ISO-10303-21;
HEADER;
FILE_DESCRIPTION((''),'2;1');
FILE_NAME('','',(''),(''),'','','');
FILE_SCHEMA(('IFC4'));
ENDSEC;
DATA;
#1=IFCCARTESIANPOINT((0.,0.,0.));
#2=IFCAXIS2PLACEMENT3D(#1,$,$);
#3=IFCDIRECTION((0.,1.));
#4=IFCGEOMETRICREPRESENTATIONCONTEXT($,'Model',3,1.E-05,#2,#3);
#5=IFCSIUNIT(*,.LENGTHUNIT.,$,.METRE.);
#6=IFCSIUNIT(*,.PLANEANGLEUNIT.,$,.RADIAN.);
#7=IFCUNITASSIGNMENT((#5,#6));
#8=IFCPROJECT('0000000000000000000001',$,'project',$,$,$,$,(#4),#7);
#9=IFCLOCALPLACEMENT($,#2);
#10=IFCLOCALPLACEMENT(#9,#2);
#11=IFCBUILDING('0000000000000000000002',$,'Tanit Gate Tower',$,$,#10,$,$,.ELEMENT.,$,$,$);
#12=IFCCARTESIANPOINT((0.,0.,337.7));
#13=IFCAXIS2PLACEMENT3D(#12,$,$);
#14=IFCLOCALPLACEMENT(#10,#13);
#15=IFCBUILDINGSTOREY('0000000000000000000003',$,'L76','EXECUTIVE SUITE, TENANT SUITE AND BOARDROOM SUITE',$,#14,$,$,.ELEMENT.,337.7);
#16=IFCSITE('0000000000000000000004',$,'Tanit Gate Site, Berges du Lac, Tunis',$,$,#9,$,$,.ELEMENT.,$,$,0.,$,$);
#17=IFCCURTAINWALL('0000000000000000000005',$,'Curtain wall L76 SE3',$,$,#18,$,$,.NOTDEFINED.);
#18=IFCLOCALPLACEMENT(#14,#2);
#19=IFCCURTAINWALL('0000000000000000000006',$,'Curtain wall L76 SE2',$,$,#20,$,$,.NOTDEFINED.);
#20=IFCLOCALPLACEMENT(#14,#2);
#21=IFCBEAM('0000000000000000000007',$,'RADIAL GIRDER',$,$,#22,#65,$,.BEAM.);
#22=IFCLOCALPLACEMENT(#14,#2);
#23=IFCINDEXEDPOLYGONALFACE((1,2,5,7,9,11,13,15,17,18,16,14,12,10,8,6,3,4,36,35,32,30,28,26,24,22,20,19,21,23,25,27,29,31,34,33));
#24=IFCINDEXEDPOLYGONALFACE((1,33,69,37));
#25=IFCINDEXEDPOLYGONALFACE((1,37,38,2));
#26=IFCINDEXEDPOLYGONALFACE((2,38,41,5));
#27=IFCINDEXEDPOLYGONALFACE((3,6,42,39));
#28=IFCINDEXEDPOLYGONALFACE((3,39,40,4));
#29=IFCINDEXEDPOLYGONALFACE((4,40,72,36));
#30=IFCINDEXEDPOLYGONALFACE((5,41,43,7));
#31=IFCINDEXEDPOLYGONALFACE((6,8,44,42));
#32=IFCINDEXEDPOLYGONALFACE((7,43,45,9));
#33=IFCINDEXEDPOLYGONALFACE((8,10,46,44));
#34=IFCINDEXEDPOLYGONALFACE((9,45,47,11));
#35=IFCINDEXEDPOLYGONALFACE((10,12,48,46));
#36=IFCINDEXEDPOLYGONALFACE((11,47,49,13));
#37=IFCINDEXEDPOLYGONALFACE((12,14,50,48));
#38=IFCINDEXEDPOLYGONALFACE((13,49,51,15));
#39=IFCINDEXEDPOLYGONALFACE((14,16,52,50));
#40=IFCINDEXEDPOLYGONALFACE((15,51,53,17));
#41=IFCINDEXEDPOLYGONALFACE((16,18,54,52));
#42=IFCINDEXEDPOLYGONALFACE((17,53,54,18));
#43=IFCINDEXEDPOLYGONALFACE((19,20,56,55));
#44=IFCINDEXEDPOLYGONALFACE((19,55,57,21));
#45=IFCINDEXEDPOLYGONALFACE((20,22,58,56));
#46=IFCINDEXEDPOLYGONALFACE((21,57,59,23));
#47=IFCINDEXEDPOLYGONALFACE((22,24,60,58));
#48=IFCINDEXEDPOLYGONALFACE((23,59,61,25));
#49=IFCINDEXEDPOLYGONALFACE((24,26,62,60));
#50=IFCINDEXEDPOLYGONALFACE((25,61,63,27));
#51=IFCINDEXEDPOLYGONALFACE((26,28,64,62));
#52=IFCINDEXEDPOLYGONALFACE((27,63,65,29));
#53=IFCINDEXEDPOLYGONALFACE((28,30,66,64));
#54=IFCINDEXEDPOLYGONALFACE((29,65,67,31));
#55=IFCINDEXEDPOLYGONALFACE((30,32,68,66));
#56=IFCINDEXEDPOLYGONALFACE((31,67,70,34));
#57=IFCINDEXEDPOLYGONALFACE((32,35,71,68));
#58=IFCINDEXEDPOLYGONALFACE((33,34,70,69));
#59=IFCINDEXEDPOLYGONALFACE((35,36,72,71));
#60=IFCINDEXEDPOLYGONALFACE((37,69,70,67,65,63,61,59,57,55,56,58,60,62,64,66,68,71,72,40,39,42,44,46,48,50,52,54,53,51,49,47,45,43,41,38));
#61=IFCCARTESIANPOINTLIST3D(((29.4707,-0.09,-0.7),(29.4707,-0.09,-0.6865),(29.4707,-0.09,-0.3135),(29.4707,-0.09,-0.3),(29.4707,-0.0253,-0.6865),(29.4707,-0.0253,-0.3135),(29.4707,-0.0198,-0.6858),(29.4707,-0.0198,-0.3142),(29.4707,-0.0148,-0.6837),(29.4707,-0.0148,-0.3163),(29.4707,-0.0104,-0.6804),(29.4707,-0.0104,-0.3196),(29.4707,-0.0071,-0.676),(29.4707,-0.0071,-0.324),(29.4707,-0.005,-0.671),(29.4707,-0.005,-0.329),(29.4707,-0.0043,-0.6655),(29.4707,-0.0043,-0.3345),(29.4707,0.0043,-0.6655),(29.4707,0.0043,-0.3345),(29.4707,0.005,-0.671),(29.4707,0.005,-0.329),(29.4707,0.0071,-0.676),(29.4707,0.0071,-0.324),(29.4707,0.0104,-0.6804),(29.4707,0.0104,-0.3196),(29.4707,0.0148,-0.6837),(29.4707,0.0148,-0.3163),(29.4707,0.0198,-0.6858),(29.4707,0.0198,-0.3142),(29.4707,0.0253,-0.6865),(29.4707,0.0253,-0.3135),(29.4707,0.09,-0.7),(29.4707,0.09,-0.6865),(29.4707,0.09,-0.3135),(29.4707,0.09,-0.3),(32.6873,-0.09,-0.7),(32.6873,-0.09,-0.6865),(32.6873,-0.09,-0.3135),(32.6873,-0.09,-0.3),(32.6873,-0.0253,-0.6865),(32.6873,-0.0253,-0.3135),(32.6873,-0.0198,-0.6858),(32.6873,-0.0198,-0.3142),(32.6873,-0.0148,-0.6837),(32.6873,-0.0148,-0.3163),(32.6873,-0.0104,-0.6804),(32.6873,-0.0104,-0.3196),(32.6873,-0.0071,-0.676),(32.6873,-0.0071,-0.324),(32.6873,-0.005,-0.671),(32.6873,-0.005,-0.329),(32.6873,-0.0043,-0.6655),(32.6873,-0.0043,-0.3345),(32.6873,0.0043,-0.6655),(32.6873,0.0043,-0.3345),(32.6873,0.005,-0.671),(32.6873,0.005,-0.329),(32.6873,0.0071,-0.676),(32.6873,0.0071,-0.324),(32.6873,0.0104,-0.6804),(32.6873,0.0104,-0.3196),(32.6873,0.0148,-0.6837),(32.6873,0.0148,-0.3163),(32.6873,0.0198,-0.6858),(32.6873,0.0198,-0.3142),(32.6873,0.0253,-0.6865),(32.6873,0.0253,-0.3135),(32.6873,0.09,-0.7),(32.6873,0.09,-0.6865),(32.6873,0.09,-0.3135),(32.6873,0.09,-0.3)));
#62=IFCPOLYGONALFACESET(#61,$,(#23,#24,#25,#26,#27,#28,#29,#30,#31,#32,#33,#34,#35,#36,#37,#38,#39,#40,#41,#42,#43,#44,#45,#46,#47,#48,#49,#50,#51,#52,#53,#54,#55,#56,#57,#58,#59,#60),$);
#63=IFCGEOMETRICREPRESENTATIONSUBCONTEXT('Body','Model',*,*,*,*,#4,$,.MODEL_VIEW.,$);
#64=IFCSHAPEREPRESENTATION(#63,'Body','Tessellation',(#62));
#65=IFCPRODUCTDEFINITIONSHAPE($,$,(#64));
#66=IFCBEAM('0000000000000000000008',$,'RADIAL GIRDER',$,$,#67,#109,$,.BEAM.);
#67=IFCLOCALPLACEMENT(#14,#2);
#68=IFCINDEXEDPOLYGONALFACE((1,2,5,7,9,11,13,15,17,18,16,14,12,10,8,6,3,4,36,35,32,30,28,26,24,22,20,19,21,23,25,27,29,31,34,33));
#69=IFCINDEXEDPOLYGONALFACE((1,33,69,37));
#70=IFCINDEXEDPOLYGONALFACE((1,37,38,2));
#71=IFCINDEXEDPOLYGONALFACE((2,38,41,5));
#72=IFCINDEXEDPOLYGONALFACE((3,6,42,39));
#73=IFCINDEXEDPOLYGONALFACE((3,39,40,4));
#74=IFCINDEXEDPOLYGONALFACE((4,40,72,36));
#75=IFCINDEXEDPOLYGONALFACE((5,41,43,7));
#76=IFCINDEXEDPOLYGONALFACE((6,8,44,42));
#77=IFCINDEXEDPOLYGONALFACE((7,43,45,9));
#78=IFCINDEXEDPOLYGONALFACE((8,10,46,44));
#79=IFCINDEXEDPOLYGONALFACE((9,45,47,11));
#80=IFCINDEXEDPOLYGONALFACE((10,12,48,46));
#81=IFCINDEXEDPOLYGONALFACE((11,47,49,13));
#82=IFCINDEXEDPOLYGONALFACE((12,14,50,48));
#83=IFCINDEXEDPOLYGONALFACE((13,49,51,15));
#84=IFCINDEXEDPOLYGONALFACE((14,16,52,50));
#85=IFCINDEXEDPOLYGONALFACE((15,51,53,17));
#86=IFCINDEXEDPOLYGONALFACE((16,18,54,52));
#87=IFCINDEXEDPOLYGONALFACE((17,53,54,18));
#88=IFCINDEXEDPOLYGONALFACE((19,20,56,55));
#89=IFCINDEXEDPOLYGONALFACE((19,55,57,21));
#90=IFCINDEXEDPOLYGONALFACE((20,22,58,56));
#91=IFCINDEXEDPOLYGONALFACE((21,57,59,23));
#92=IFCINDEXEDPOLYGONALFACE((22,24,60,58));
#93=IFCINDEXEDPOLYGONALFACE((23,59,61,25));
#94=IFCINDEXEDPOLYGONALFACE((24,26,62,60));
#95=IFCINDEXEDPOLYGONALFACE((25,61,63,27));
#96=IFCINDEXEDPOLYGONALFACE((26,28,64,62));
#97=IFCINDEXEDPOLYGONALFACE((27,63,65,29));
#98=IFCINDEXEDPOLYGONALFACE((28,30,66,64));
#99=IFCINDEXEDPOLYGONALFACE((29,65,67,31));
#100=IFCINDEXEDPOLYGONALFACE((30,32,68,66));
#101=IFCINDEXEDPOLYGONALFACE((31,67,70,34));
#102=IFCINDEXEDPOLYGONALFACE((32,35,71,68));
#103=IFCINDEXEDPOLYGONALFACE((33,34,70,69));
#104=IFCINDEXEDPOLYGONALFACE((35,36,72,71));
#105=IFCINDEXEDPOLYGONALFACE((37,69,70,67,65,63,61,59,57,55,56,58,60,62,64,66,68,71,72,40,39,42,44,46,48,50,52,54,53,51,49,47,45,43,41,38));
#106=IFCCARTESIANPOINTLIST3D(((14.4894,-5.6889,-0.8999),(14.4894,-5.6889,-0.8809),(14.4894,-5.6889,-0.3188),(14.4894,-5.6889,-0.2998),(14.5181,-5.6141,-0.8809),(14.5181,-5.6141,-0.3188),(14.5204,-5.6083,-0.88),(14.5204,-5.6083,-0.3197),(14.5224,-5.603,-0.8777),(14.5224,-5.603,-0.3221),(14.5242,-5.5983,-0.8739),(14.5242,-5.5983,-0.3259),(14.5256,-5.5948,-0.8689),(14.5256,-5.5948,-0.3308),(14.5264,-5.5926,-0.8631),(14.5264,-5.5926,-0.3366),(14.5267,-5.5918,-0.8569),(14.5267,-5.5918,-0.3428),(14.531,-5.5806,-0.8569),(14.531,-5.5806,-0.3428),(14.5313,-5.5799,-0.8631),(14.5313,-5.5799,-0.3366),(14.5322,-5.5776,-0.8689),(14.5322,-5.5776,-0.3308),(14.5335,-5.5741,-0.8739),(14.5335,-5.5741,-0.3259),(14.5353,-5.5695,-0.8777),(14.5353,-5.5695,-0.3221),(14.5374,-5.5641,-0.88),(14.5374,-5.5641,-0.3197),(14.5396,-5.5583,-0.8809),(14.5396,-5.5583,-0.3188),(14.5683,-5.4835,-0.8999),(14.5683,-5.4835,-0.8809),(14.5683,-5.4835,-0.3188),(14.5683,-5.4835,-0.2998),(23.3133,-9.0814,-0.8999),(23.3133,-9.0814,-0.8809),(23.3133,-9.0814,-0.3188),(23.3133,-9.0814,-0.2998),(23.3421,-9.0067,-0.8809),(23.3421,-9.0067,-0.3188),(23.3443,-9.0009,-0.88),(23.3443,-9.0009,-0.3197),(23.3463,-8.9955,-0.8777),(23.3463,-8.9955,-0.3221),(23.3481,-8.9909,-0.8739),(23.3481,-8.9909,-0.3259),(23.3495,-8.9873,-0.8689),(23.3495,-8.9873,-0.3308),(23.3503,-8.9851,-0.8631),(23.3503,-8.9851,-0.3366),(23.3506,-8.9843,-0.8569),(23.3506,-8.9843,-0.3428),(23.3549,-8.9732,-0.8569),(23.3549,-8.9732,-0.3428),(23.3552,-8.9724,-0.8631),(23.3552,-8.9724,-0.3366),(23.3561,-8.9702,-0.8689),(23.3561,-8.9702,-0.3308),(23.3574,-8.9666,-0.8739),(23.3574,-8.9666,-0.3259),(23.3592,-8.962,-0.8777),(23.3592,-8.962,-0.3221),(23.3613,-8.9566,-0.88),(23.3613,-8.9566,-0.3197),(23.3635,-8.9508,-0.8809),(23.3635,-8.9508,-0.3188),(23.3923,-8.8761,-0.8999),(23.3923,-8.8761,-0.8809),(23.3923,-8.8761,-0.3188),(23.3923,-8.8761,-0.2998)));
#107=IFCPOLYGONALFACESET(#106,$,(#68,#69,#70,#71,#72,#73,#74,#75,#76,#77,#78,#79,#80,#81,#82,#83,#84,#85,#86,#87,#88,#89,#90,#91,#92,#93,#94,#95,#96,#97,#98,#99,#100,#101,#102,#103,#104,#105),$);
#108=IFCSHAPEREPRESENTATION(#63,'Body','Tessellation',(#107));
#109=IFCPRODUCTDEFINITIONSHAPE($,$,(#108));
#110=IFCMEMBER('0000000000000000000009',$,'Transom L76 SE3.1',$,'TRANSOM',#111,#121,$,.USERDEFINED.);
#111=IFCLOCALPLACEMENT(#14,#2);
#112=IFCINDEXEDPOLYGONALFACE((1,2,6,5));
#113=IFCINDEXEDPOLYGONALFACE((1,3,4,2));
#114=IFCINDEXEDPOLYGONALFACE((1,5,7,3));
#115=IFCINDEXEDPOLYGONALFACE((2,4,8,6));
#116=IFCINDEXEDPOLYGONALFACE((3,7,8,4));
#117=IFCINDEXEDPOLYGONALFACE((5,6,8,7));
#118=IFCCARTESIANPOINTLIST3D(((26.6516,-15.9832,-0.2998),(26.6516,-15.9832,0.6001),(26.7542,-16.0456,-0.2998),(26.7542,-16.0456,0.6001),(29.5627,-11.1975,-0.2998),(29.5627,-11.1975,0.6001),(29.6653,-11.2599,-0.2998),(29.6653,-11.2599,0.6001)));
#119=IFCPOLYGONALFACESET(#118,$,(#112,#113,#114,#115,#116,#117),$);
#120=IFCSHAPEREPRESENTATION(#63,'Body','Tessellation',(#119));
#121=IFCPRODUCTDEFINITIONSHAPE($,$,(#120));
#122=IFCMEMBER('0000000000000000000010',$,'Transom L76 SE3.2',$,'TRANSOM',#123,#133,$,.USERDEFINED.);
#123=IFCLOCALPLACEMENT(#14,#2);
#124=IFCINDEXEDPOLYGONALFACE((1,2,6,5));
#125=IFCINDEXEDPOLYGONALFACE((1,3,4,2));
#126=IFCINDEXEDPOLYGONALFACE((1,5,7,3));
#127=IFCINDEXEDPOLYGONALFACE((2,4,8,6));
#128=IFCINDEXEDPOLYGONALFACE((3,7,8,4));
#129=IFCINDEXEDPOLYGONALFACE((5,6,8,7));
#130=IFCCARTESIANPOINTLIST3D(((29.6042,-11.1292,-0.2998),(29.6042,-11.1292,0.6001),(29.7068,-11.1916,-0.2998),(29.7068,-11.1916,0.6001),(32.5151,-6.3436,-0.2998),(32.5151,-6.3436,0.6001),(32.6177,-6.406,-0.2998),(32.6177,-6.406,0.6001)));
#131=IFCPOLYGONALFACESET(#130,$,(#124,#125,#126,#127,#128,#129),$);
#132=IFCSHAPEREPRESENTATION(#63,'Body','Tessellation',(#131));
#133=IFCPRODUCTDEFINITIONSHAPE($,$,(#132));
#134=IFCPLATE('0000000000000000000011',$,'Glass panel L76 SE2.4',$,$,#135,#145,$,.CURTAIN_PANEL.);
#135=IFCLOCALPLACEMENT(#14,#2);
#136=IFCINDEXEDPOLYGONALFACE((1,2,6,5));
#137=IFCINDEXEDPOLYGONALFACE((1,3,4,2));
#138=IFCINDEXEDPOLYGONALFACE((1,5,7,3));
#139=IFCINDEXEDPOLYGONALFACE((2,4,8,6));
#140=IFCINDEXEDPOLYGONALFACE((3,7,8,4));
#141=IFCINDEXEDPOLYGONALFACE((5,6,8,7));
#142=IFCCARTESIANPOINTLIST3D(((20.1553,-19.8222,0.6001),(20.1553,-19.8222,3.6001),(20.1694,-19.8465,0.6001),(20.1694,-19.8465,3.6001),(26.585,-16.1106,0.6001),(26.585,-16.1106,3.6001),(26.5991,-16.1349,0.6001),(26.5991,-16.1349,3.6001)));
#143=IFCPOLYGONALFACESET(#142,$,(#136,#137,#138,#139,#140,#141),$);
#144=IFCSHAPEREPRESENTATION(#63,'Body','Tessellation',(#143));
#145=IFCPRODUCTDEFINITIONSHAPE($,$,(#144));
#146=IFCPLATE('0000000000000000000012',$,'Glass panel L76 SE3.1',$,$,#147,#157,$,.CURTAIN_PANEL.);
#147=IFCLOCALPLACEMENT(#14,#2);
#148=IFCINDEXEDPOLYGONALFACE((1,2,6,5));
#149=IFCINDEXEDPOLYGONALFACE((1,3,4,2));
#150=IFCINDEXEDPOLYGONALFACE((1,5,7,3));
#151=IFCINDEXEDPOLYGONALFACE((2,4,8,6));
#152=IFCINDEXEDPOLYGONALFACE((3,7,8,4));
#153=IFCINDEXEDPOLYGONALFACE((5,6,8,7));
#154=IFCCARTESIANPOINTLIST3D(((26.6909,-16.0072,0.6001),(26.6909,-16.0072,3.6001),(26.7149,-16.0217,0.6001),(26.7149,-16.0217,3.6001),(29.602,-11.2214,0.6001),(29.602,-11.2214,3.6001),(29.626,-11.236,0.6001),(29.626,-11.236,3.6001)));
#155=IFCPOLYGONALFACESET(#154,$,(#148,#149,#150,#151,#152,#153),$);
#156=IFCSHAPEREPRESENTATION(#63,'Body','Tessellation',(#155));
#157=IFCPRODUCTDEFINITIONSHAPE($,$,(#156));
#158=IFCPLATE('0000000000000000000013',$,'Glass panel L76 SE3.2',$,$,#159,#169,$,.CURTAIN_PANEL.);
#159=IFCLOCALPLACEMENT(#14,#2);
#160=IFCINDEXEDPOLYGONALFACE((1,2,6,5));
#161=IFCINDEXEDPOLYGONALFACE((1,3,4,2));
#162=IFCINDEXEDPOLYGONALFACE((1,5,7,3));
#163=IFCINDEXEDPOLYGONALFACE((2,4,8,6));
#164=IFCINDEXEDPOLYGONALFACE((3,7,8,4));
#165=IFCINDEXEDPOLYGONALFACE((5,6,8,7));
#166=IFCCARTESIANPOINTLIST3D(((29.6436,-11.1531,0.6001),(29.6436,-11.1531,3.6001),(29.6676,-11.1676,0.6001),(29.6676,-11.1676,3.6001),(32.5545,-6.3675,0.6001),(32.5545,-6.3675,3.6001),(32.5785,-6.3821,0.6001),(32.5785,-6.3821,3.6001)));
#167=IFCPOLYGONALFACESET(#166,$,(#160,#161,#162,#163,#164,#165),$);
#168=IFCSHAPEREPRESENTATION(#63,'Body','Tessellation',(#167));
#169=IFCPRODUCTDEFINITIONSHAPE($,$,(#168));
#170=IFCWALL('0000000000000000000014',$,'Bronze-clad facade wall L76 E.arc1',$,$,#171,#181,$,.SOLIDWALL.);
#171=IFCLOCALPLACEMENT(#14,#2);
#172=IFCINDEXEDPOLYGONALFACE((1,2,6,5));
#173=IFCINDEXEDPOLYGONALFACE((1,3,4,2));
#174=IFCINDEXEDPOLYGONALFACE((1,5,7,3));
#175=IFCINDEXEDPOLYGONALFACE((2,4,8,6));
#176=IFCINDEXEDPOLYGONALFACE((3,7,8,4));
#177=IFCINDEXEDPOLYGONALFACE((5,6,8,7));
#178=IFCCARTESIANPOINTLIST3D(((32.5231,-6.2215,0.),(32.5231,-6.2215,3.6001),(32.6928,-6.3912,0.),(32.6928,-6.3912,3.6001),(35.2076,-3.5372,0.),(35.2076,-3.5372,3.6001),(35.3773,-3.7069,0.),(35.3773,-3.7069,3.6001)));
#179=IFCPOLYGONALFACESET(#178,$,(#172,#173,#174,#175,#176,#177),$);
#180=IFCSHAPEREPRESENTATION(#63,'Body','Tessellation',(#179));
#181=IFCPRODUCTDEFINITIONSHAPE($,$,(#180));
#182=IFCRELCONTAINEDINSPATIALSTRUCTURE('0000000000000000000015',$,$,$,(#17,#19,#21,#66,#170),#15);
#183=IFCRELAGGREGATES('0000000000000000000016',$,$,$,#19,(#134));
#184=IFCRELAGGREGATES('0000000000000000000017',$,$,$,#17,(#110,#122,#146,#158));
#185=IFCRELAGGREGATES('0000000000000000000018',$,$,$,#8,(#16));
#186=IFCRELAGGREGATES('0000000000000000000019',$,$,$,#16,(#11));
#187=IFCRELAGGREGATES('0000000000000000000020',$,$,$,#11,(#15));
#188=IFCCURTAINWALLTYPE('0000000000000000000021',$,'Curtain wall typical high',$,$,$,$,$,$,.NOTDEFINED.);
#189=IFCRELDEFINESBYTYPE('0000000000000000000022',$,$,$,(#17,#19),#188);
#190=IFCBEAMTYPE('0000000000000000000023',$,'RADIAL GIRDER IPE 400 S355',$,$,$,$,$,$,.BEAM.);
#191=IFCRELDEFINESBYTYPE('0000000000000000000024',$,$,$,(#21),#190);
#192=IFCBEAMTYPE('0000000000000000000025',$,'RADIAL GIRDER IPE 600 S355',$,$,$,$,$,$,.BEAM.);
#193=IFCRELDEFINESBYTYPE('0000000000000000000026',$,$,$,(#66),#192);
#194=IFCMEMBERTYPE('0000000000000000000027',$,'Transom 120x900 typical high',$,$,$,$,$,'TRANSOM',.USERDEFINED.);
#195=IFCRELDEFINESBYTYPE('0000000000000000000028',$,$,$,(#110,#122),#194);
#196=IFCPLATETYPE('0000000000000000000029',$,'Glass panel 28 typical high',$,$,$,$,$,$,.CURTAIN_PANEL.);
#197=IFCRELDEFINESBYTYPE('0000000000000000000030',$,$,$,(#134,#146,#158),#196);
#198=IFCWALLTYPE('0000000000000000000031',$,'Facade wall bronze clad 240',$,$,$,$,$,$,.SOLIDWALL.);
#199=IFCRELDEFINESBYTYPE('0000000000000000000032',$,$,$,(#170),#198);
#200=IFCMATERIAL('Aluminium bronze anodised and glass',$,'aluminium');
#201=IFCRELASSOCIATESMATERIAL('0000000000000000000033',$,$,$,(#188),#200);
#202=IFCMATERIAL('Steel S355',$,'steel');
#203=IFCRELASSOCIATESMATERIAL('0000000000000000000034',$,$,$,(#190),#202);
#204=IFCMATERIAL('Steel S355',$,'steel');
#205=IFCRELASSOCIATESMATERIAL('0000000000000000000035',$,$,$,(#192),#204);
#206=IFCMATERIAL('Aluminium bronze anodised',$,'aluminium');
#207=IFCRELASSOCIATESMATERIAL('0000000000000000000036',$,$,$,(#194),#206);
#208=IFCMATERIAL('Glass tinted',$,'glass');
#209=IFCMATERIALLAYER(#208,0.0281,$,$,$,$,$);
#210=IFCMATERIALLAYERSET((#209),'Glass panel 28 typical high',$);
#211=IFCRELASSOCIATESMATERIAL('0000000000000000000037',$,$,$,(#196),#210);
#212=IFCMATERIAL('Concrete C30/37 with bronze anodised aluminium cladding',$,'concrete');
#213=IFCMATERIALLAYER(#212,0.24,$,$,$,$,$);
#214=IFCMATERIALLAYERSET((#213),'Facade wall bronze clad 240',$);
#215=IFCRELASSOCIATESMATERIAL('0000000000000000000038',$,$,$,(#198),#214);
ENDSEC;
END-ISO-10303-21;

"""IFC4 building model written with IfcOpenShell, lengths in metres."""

from ifc_helpers import new_model, si_unit, direction, frame, frame_2d, origin, origin_2d, place, context, subcontext, project, spatial, rectangle, i_section, extrude, material, layer, layer_set, material_profile, profile_set, type_object, element, aggregate, save


model = new_model("IFC4")

# Units and contexts
model_context = context("Model", 3, precision=1e-05, world=origin(), true_north=direction((0.0, 1.0)))
body_context = subcontext(model_context, "Body", "Model", "MODEL_VIEW")
ifc_project = project(units=[si_unit("LENGTHUNIT", "METRE"), si_unit("PLANEANGLEUNIT", "RADIAN")], contexts=[model_context])

# Site, building, storey
site_placement = place(None, origin())
site = spatial("IfcSite", under=ifc_project, at=site_placement, Name="Tanit Gate Site, Berges du Lac, Tunis", CompositionType="ELEMENT", RefElevation=0.0)
building_placement = place(site_placement, origin())
building = spatial("IfcBuilding", under=site, at=building_placement, Name="Tanit Gate Tower", CompositionType="ELEMENT")
storey_placement = place(building_placement, frame((0.0, 0.0, 337.7)))
storey = spatial("IfcBuildingStorey", under=building, at=storey_placement, Name="L76", Description="EXECUTIVE SUITE, TENANT SUITE AND BOARDROOM SUITE", CompositionType="ELEMENT", Elevation=337.7)

# Curtain wall
ifc_material_1 = material(Name="Aluminium bronze anodised and glass", Category="aluminium")
curtain_wall_type = type_object("IfcCurtainWallType", Name="Curtain wall typical high", PredefinedType="NOTDEFINED", material=ifc_material_1)
curtain_wall_1_placement = place(storey_placement, origin())
curtain_wall_1 = element("IfcCurtainWall", 1, at=curtain_wall_1_placement, inside=storey, type_object=curtain_wall_type, Name="Curtain wall L76 SE3", PredefinedType="NOTDEFINED")

# Curtain wall
curtain_wall_2_placement = place(storey_placement, origin())
curtain_wall_2 = element("IfcCurtainWall", 2, at=curtain_wall_2_placement, inside=storey, type_object=curtain_wall_type, Name="Curtain wall L76 SE2", PredefinedType="NOTDEFINED")

# Beams
ifc_material_2 = material(Name="Steel S355", Category="steel")
ifc_material_profile_1 = material_profile(ifc_material_2, i_section(OverallWidth=0.1799, OverallDepth=0.3999, WebThickness=0.0085, FlangeThickness=0.0134, FilletRadius=0.021, at=origin_2d()), Name="IPE 400")
ifc_profile_set_1 = profile_set([ifc_material_profile_1], Name="Steel S355")
beam_type_1 = type_object("IfcBeamType", Name="RADIAL GIRDER IPE 400 S355", PredefinedType="BEAM", material=ifc_profile_set_1)
beam_1_placement = place(storey_placement, frame((32.6873, 0.0, -0.5), z_axis=(-1.0, 0.0, 0.0), x_axis=(0.0, -1.0, 0.0)))
element("IfcBeam", 3, at=beam_1_placement, inside=storey, type_object=beam_type_1, Name="RADIAL GIRDER", PredefinedType="BEAM", context=body_context, shape_type="SweptSolid", body=[
    extrude(i_section(OverallWidth=0.1799, OverallDepth=0.3999, WebThickness=0.0085, FlangeThickness=0.0134, FilletRadius=0.021, at=origin_2d()), origin(), (0.0, 0.0, 1.0), 3.2166),
])
ifc_material_3 = material(Name="Steel S355", Category="steel")
ifc_material_profile_2 = material_profile(ifc_material_3, i_section(OverallWidth=0.22, OverallDepth=0.6001, WebThickness=0.012, FlangeThickness=0.019, FilletRadius=0.0239, at=origin_2d()), Name="IPE 600")
ifc_profile_set_2 = profile_set([ifc_material_profile_2], Name="Steel S355")
beam_type_2 = type_object("IfcBeamType", Name="RADIAL GIRDER IPE 600 S355", PredefinedType="BEAM", material=ifc_profile_set_2)
beam_2_placement = place(storey_placement, frame((23.3528, -8.9788, -0.5999), z_axis=(-0.93339, 0.358863, 0.0), x_axis=(-0.358863, -0.93339, 0.0)))
element("IfcBeam", 4, at=beam_2_placement, inside=storey, type_object=beam_type_2, Name="RADIAL GIRDER", PredefinedType="BEAM", context=body_context, shape_type="SweptSolid", body=[
    extrude(i_section(OverallWidth=0.22, OverallDepth=0.6001, WebThickness=0.012, FlangeThickness=0.019, FilletRadius=0.0239, at=origin_2d()), origin(), (0.0, 0.0, 1.0), 9.4536),
])

# Members
ifc_material_4 = material(Name="Aluminium bronze anodised", Category="aluminium")
ifc_material_profile_3 = material_profile(ifc_material_4, rectangle(XDim=0.1201, YDim=0.8999, at=origin_2d()), Name="120x900 bronze transom")
ifc_profile_set_3 = profile_set([ifc_material_profile_3], Name="Aluminium bronze anodised")
member_type_1 = type_object("IfcMemberType", Name="Transom 120x900 typical high", ElementType="TRANSOM", PredefinedType="USERDEFINED", material=ifc_profile_set_3)
member_1_placement = place(storey_placement, frame((26.7029, -16.0144, 0.1501), z_axis=(0.519704, 0.854347, 0.0), x_axis=(-0.854347, 0.519704, 0.0)))
member_1 = element("IfcMember", 5, at=member_1_placement, type_object=member_type_1, Name="Transom L76 SE3.1", ObjectType="TRANSOM", PredefinedType="USERDEFINED", context=body_context, shape_type="SweptSolid", body=[
    extrude(rectangle(XDim=0.1201, YDim=0.8999, at=origin_2d()), origin(), (0.0, 0.0, 1.0), 5.6016),
])
member_2_placement = place(storey_placement, frame((29.6555, -11.1604, 0.1501), z_axis=(0.519672, 0.854366, 0.0), x_axis=(-0.854366, 0.519672, 0.0)))
member_2 = element("IfcMember", 6, at=member_2_placement, type_object=member_type_1, Name="Transom L76 SE3.2", ObjectType="TRANSOM", PredefinedType="USERDEFINED", context=body_context, shape_type="SweptSolid", body=[
    extrude(rectangle(XDim=0.1201, YDim=0.8999, at=origin_2d()), origin(), (0.0, 0.0, 1.0), 5.6013),
])

# Plates
ifc_material_5 = material(Name="Glass tinted", Category="glass")
ifc_layer_1 = layer(ifc_material_5, 0.0281)
ifc_layer_set_1 = layer_set([ifc_layer_1], Name="Glass panel 28 typical high")
plate_type = type_object("IfcPlateType", Name="Glass panel 28 typical high", PredefinedType="CURTAIN_PANEL", material=ifc_layer_set_1)
plate_1_placement = place(storey_placement, frame((23.3772, -17.9785, 0.6001), z_axis=(0.0, 0.0, 1.0), x_axis=(0.86606, 0.49994, 0.0)))
plate_1 = element("IfcPlate", 7, at=plate_1_placement, type_object=plate_type, Name="Glass panel L76 SE2.4", PredefinedType="CURTAIN_PANEL", context=body_context, shape_type="SweptSolid", body=[
    extrude(rectangle(XDim=7.4241, YDim=0.0281, at=origin_2d()), origin(), (0.0, 0.0, 1.0), 3.0),
])
aggregate(curtain_wall_2, [plate_1])
plate_2_placement = place(storey_placement, frame((28.1584, -13.6216, 0.6001), z_axis=(0.0, 0.0, 1.0), x_axis=(0.519684, 0.854359, 0.0)))
plate_2 = element("IfcPlate", 8, at=plate_2_placement, type_object=plate_type, Name="Glass panel L76 SE3.1", PredefinedType="CURTAIN_PANEL", context=body_context, shape_type="SweptSolid", body=[
    extrude(rectangle(XDim=5.6016, YDim=0.0281, at=origin_2d()), origin(), (0.0, 0.0, 1.0), 3.0),
])
plate_3_placement = place(storey_placement, frame((31.1111, -8.7676, 0.6001), z_axis=(0.0, 0.0, 1.0), x_axis=(0.519684, 0.854359, 0.0)))
plate_3 = element("IfcPlate", 9, at=plate_3_placement, type_object=plate_type, Name="Glass panel L76 SE3.2", PredefinedType="CURTAIN_PANEL", context=body_context, shape_type="SweptSolid", body=[
    extrude(rectangle(XDim=5.6013, YDim=0.0281, at=origin_2d()), origin(), (0.0, 0.0, 1.0), 3.0),
])
aggregate(curtain_wall_1, [member_1, member_2, plate_2, plate_3])

# Wall
ifc_material_6 = material(Name="Concrete C30/37 with bronze anodised aluminium cladding", Category="concrete")
ifc_layer_2 = layer(ifc_material_6, 0.24)
ifc_layer_set_2 = layer_set([ifc_layer_2], Name="Facade wall bronze clad 240")
wall_type_1 = type_object("IfcWallType", Name="Facade wall bronze clad 240", PredefinedType="SOLIDWALL", material=ifc_layer_set_2)
wall_1_placement = place(storey_placement, frame((32.6079, -6.3064, 0.0), z_axis=(0.0, 0.0, 1.0), x_axis=(0.707139, 0.707075, 0.0)))
element("IfcWall", 10, at=wall_1_placement, inside=storey, type_object=wall_type_1, Name="Bronze-clad facade wall L76 E.arc1", PredefinedType="SOLIDWALL", context=body_context, shape_type="SweptSolid", body=[
    extrude(rectangle(XDim=3.7964, YDim=0.24, at=frame_2d((1.8982, 0.0))), origin(), (0.0, 0.0, 1.0), 3.6001),
])

save(model, "model.ifc")
